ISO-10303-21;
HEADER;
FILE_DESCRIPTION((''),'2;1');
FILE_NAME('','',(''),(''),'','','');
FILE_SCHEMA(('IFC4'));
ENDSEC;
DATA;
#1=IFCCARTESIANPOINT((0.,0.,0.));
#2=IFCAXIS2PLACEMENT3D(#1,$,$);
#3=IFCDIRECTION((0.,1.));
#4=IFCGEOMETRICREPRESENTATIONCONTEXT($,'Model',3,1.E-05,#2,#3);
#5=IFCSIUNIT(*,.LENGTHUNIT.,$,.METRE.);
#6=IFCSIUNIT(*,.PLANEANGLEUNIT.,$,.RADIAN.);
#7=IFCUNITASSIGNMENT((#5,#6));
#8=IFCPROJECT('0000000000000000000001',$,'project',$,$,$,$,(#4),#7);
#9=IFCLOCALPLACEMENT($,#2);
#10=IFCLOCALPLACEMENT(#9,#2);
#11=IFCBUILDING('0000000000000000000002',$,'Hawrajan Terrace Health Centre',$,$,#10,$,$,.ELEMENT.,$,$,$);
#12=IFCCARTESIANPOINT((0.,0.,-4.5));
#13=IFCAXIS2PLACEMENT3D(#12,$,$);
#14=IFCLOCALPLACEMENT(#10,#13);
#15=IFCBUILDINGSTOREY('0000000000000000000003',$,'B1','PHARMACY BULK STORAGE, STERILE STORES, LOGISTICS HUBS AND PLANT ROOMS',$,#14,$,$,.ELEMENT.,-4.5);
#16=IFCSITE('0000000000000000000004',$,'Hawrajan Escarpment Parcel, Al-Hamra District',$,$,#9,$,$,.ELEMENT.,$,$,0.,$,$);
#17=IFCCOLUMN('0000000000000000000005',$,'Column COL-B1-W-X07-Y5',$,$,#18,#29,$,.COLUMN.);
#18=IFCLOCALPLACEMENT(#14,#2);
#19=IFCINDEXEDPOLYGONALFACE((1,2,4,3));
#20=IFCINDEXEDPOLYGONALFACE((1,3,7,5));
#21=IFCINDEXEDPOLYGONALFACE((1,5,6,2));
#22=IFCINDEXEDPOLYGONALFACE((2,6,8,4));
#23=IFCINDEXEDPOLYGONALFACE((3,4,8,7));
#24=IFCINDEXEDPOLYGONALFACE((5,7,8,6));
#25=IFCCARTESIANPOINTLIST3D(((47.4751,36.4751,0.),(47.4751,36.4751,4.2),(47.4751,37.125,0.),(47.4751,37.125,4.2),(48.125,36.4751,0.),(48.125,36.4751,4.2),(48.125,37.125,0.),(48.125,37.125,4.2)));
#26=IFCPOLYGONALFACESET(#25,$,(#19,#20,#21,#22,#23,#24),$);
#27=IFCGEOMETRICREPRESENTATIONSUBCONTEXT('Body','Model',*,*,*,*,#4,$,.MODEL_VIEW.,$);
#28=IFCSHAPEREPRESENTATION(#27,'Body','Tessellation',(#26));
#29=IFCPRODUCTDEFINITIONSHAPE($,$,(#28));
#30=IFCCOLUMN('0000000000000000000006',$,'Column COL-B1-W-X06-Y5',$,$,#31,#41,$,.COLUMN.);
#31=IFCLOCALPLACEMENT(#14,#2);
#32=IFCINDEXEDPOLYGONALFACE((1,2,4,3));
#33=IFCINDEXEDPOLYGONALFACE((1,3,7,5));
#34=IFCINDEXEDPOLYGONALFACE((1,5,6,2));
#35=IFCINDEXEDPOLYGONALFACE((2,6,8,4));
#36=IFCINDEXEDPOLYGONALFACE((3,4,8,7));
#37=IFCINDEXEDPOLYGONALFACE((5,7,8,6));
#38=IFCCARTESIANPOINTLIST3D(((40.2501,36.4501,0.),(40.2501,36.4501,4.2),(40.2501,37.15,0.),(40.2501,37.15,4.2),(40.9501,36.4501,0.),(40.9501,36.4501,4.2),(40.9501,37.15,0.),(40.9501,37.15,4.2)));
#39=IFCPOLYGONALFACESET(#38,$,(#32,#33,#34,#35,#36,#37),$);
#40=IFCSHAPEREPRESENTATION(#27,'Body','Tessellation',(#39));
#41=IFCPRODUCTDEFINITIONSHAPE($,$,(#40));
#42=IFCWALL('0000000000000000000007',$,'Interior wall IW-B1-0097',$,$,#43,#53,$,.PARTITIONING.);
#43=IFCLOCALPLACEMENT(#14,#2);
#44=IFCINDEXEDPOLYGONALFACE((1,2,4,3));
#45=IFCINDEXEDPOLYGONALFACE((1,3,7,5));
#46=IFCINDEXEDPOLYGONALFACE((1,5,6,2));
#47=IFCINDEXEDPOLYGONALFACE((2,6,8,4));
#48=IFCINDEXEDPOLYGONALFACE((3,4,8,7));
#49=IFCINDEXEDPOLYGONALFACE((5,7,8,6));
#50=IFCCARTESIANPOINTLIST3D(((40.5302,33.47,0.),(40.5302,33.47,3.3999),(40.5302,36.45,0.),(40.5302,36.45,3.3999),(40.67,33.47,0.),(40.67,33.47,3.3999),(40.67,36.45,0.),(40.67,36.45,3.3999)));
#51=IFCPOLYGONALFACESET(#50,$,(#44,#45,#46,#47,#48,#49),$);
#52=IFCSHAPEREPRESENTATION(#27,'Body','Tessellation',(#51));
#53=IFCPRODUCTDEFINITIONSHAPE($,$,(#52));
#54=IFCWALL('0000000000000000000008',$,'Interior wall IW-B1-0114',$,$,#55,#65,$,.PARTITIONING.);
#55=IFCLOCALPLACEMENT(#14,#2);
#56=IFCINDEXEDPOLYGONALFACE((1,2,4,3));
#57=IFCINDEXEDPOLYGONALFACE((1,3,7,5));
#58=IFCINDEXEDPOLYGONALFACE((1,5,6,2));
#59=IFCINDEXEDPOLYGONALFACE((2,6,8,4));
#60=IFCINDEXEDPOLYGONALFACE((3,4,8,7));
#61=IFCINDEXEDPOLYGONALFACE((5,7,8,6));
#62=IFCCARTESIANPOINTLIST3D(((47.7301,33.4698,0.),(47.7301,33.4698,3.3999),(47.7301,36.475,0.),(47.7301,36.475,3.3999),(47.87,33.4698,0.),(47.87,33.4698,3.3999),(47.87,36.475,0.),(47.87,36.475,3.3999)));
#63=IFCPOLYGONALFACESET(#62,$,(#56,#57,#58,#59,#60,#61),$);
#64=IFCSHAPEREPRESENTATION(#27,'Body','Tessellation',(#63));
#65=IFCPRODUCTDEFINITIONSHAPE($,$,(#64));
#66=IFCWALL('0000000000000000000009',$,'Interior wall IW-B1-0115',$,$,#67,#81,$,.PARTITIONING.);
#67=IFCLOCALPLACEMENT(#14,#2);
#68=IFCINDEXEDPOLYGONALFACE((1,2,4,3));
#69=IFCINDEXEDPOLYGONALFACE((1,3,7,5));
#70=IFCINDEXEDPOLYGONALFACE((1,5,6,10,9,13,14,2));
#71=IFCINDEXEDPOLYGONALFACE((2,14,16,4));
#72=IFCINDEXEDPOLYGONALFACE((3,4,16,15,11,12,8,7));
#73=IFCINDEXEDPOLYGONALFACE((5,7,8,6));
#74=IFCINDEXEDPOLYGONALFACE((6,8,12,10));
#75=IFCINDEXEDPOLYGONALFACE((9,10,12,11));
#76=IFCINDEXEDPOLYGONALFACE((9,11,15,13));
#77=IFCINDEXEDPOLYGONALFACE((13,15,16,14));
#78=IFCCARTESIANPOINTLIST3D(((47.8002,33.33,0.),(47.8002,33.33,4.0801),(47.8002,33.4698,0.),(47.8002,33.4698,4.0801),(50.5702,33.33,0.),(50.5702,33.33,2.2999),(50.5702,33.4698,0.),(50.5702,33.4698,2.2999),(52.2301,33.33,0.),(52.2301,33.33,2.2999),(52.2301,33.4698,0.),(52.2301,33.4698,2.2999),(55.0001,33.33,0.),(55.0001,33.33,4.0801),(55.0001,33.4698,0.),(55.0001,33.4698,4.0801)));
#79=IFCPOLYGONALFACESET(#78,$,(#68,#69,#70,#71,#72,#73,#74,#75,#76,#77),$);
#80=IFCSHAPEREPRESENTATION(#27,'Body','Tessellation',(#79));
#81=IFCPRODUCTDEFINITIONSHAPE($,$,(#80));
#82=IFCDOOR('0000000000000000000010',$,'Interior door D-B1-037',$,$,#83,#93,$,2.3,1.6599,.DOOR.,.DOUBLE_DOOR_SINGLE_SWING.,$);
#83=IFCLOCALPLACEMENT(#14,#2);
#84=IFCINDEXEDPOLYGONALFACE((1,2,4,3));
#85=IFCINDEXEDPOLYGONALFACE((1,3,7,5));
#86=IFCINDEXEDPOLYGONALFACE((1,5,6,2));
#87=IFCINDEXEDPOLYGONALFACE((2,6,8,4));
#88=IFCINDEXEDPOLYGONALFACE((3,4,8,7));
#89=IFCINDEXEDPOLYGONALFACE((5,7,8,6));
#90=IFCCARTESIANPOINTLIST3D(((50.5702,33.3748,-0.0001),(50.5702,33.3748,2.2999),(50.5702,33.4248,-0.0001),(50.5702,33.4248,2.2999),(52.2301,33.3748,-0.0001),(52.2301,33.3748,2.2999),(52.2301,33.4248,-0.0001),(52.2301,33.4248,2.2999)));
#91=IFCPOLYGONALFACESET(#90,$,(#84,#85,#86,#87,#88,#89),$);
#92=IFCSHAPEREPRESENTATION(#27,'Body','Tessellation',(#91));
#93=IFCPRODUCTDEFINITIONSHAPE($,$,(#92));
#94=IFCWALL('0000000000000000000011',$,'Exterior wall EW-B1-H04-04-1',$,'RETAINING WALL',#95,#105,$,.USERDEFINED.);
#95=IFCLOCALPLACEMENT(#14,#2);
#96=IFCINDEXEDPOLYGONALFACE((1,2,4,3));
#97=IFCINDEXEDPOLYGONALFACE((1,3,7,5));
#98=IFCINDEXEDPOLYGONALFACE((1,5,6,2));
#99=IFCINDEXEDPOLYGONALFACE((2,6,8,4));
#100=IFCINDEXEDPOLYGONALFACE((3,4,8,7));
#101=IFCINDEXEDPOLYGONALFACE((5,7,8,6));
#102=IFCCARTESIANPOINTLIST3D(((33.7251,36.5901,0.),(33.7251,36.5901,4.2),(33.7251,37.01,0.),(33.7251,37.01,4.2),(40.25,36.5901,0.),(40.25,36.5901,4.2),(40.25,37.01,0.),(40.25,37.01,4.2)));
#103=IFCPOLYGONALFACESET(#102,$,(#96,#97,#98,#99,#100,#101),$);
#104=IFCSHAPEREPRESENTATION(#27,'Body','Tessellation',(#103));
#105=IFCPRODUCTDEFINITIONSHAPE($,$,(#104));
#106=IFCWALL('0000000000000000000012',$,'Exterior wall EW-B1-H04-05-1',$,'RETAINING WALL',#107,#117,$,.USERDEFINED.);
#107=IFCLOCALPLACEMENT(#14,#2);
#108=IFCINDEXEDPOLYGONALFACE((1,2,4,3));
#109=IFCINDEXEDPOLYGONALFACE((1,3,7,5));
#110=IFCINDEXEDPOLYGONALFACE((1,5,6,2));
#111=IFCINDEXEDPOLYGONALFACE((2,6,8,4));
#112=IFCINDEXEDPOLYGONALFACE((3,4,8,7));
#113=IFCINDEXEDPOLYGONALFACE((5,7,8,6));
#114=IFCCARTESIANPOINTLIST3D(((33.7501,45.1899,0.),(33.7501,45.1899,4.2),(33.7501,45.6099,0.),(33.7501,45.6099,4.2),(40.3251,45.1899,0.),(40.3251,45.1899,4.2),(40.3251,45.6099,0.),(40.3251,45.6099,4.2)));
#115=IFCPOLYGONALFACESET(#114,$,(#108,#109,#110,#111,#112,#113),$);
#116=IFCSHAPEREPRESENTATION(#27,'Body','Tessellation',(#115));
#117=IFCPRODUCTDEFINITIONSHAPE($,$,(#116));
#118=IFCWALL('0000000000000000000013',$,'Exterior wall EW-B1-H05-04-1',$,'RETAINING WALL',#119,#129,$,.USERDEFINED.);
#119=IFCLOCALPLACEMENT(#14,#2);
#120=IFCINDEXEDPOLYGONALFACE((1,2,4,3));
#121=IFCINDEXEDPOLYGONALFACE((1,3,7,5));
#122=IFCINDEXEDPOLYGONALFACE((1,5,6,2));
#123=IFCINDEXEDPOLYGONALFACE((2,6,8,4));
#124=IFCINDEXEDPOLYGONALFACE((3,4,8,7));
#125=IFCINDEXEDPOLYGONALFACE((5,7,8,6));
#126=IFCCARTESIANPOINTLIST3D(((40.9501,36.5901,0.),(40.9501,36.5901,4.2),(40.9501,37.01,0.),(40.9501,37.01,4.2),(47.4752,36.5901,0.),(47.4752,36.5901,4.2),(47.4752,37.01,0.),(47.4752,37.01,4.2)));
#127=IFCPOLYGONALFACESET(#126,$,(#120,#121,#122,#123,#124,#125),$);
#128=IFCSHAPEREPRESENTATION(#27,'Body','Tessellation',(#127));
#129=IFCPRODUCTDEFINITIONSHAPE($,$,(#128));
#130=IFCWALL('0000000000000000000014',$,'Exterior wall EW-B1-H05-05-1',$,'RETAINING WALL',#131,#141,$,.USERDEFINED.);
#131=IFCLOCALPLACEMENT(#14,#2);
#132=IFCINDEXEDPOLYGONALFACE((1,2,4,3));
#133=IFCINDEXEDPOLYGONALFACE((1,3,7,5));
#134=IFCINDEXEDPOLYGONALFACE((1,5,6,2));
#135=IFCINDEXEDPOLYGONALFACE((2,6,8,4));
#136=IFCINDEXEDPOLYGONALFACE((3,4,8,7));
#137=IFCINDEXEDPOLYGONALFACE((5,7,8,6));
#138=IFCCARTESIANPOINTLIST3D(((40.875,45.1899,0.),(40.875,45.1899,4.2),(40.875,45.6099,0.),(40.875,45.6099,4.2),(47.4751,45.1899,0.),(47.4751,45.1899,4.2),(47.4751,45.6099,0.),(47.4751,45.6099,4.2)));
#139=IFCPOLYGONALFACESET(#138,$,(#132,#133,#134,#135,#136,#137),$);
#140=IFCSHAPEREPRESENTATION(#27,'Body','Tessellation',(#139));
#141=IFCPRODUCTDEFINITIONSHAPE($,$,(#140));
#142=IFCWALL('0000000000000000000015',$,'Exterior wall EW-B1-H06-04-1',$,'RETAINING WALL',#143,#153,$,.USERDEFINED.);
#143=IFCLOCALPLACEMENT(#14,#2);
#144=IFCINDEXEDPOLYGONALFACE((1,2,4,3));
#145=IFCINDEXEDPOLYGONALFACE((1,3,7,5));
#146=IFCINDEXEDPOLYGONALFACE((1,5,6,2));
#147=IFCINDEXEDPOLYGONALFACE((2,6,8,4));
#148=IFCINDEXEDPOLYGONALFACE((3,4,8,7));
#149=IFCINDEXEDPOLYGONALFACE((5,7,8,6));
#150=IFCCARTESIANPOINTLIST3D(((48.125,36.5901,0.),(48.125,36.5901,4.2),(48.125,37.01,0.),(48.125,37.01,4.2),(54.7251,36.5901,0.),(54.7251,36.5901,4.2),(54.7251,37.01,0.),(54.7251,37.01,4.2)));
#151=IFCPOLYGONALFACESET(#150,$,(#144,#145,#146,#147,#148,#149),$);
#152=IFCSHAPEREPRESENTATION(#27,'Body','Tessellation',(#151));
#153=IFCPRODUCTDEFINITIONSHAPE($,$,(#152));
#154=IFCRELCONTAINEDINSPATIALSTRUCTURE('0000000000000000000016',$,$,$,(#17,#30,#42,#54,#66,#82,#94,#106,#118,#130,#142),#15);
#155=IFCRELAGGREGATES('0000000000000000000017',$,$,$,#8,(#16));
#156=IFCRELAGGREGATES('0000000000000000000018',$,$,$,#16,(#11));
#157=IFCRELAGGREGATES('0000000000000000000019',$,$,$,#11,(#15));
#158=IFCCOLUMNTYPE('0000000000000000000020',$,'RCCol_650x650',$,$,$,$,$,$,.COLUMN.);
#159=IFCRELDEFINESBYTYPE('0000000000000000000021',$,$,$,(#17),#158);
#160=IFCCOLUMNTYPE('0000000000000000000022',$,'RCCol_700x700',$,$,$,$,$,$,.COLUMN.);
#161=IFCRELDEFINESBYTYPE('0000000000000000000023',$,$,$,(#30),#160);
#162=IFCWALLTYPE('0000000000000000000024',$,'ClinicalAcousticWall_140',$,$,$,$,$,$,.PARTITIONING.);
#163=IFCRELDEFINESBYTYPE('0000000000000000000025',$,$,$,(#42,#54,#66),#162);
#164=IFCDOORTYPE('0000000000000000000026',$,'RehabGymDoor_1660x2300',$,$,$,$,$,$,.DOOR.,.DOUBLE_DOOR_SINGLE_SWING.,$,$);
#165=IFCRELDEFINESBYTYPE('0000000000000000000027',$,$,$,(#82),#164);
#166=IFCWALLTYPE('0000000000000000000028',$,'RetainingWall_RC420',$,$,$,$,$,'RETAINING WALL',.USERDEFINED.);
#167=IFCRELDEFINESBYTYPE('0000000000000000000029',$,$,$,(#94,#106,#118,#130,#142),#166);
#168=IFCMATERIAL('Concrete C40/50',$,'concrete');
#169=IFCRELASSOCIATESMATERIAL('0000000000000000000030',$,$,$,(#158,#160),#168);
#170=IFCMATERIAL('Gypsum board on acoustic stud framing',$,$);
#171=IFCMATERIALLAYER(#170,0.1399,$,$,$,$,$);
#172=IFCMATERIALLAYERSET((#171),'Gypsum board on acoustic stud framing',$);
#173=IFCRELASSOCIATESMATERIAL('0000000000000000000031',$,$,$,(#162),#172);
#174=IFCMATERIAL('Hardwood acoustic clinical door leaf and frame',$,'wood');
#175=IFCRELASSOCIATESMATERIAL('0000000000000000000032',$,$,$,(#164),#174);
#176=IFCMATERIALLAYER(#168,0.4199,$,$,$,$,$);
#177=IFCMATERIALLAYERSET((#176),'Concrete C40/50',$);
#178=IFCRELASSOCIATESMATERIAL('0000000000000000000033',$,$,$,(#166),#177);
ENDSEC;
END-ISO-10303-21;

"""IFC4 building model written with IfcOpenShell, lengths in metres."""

from ifc_helpers import new_model, si_unit, direction, frame, frame_2d, origin, origin_2d, place, context, subcontext, project, spatial, rectangle, extrude, material, layer, layer_set, material_profile, profile_set, type_object, element, fill, save


model = new_model("IFC4")

# Units and contexts
model_context = context("Model", 3, precision=1e-05, world=origin(), true_north=direction((0.0, 1.0)))
body_context = subcontext(model_context, "Body", "Model", "MODEL_VIEW")
ifc_project = project(units=[si_unit("LENGTHUNIT", "METRE"), si_unit("PLANEANGLEUNIT", "RADIAN")], contexts=[model_context])

# Site, building, storey
site_placement = place(None, origin())
site = spatial("IfcSite", under=ifc_project, at=site_placement, Name="Hawrajan Escarpment Parcel, Al-Hamra District", CompositionType="ELEMENT", RefElevation=0.0)
building_placement = place(site_placement, origin())
building = spatial("IfcBuilding", under=site, at=building_placement, Name="Hawrajan Terrace Health Centre", CompositionType="ELEMENT")
storey_placement = place(building_placement, frame((0.0, 0.0, -4.5)))
storey = spatial("IfcBuildingStorey", under=building, at=storey_placement, Name="B1", Description="PHARMACY BULK STORAGE, STERILE STORES, LOGISTICS HUBS AND PLANT ROOMS", CompositionType="ELEMENT", Elevation=-4.5)

# Shared definitions
ifc_material_1 = material(Name="Concrete C40/50", Category="concrete")

# Columns
ifc_material_profile_1 = material_profile(ifc_material_1, rectangle(XDim=0.6499, YDim=0.6499, at=origin_2d()), Name="RC 650x650")
ifc_profile_set_1 = profile_set([ifc_material_profile_1], Name="Concrete C40/50")
column_type_1 = type_object("IfcColumnType", Name="RCCol_650x650", PredefinedType="COLUMN", material=ifc_profile_set_1)
column_1_placement = place(storey_placement, frame((47.8, 36.8, 0.0), z_axis=(0.0, 0.0, 1.0), x_axis=(1.0, 0.0, 0.0)))
element("IfcColumn", 1, at=column_1_placement, inside=storey, type_object=column_type_1, Name="Column COL-B1-W-X07-Y5", PredefinedType="COLUMN", context=body_context, shape_type="SweptSolid", body=[
    extrude(rectangle(XDim=0.6499, YDim=0.6499, at=origin_2d()), origin(), (0.0, 0.0, 1.0), 4.2),
])
ifc_material_profile_2 = material_profile(ifc_material_1, rectangle(XDim=0.7, YDim=0.7, at=origin_2d()), Name="RC 700x700")
ifc_profile_set_2 = profile_set([ifc_material_profile_2], Name="Concrete C40/50")
column_type_2 = type_object("IfcColumnType", Name="RCCol_700x700", PredefinedType="COLUMN", material=ifc_profile_set_2)
column_2_placement = place(storey_placement, frame((40.6001, 36.8, 0.0), z_axis=(0.0, 0.0, 1.0), x_axis=(1.0, 0.0, 0.0)))
element("IfcColumn", 2, at=column_2_placement, inside=storey, type_object=column_type_2, Name="Column COL-B1-W-X06-Y5", PredefinedType="COLUMN", context=body_context, shape_type="SweptSolid", body=[
    extrude(rectangle(XDim=0.7, YDim=0.7, at=origin_2d()), origin(), (0.0, 0.0, 1.0), 4.2),
])

# Walls
ifc_material_2 = material(Name="Gypsum board on acoustic stud framing")
ifc_layer_1 = layer(ifc_material_2, 0.1399)
ifc_layer_set_1 = layer_set([ifc_layer_1], Name="Gypsum board on acoustic stud framing")
wall_type_1 = type_object("IfcWallType", Name="ClinicalAcousticWall_140", PredefinedType="PARTITIONING", material=ifc_layer_set_1)
wall_1_placement = place(storey_placement, frame((40.6001, 33.47, 0.0), z_axis=(0.0, 0.0, 1.0), x_axis=(0.0, 1.0, 0.0)))
element("IfcWall", 3, at=wall_1_placement, inside=storey, type_object=wall_type_1, Name="Interior wall IW-B1-0097", PredefinedType="PARTITIONING", context=body_context, shape_type="SweptSolid", body=[
    extrude(rectangle(XDim=2.98, YDim=0.1399, at=frame_2d((1.49, 0.0))), origin(), (0.0, 0.0, 1.0), 3.3999),
])
wall_2_placement = place(storey_placement, frame((47.8, 33.47, 0.0), z_axis=(0.0, 0.0, 1.0), x_axis=(0.0, 1.0, 0.0)))
element("IfcWall", 4, at=wall_2_placement, inside=storey, type_object=wall_type_1, Name="Interior wall IW-B1-0114", PredefinedType="PARTITIONING", context=body_context, shape_type="SweptSolid", body=[
    extrude(rectangle(XDim=3.0051, YDim=0.1399, at=frame_2d((1.5024, 0.0))), origin(), (0.0, 0.0, 1.0), 3.3999),
])

# Wall, opening, door
wall_3_placement = place(storey_placement, frame((47.8, 33.3999, 0.0), z_axis=(0.0, 0.0, 1.0), x_axis=(1.0, 0.0, 0.0)))
wall_3 = element("IfcWall", 5, at=wall_3_placement, inside=storey, type_object=wall_type_1, Name="Interior wall IW-B1-0115", PredefinedType="PARTITIONING", context=body_context, shape_type="SweptSolid", body=[
    extrude(rectangle(XDim=7.2, YDim=0.1399, at=frame_2d((3.6001, 0.0))), origin(), (0.0, 0.0, 1.0), 4.0801),
])
opening_placement = place(wall_3_placement, frame((2.77, 0.0, 0.0)))
opening = element("IfcOpeningElement", 6, at=opening_placement, cuts=wall_3, PredefinedType="OPENING", context=body_context, shape_type="SweptSolid", body=[
    extrude(rectangle(XDim=1.6599, YDim=2.3, at=frame_2d((0.8301, 1.1499))), frame((0.0, 0.0798, 0.0), z_axis=(0.0, -1.0, 0.0), x_axis=(1.0, 0.0, 0.0)), (0.0, 0.0, 1.0), 0.1599),
])
ifc_material_3 = material(Name="Hardwood acoustic clinical door leaf and frame", Category="wood")
door_type = type_object("IfcDoorType", Name="RehabGymDoor_1660x2300", OperationType="DOUBLE_DOOR_SINGLE_SWING", PredefinedType="DOOR", material=ifc_material_3)
door_placement = place(opening_placement, origin())
door = element("IfcDoor", 7, at=door_placement, inside=storey, type_object=door_type, Name="Interior door D-B1-037", OperationType="DOUBLE_DOOR_SINGLE_SWING", OverallHeight=2.3, OverallWidth=1.6599, PredefinedType="DOOR", context=body_context, shape_type="SweptSolid", body=[
    extrude(rectangle(XDim=1.6599, YDim=2.3, at=frame_2d((0.8301, 1.1499))), frame((0.0, 0.0249, 0.0), z_axis=(0.0, -1.0, 0.0), x_axis=(1.0, 0.0, 0.0)), (0.0, 0.0, 1.0), 0.05),
])
fill(opening, door)

# Walls
ifc_layer_2 = layer(ifc_material_1, 0.4199)
ifc_layer_set_2 = layer_set([ifc_layer_2], Name="Concrete C40/50")
wall_type_2 = type_object("IfcWallType", Name="RetainingWall_RC420", ElementType="RETAINING WALL", PredefinedType="USERDEFINED", material=ifc_layer_set_2)
wall_4_placement = place(storey_placement, frame((33.7251, 36.8, 0.0), z_axis=(0.0, 0.0, 1.0), x_axis=(1.0, 0.0, 0.0)))
element("IfcWall", 8, at=wall_4_placement, inside=storey, type_object=wall_type_2, Name="Exterior wall EW-B1-H04-04-1", ObjectType="RETAINING WALL", PredefinedType="USERDEFINED", context=body_context, shape_type="SweptSolid", body=[
    extrude(rectangle(XDim=6.5249, YDim=0.4199, at=frame_2d((3.2625, 0.0))), origin(), (0.0, 0.0, 1.0), 4.2),
])
wall_5_placement = place(storey_placement, frame((33.75, 45.3999, 0.0), z_axis=(0.0, 0.0, 1.0), x_axis=(1.0, 0.0, 0.0)))
element("IfcWall", 9, at=wall_5_placement, inside=storey, type_object=wall_type_2, Name="Exterior wall EW-B1-H04-05-1", ObjectType="RETAINING WALL", PredefinedType="USERDEFINED", context=body_context, shape_type="SweptSolid", body=[
    extrude(rectangle(XDim=6.575, YDim=0.4199, at=frame_2d((3.2876, 0.0))), origin(), (0.0, 0.0, 1.0), 4.2),
])
wall_6_placement = place(storey_placement, frame((40.95, 36.8, 0.0), z_axis=(0.0, 0.0, 1.0), x_axis=(1.0, 0.0, 0.0)))
element("IfcWall", 10, at=wall_6_placement, inside=storey, type_object=wall_type_2, Name="Exterior wall EW-B1-H05-04-1", ObjectType="RETAINING WALL", PredefinedType="USERDEFINED", context=body_context, shape_type="SweptSolid", body=[
    extrude(rectangle(XDim=6.5251, YDim=0.4199, at=frame_2d((3.2627, 0.0))), origin(), (0.0, 0.0, 1.0), 4.2),
])
for number, where, z_axis, x_axis, name in (
    (11, (40.875, 45.3999, 0.0), (0.0, 0.0, 1.0), (1.0, 0.0, 0.0), "Exterior wall EW-B1-H05-05-1"),
    (12, (48.125, 36.8, 0.0), (0.0, 0.0, 1.0), (1.0, 0.0, 0.0), "Exterior wall EW-B1-H06-04-1"),
):
    element("IfcWall", number, at=place(storey_placement, frame(where, z_axis=z_axis, x_axis=x_axis)), inside=storey, type_object=wall_type_2, Name=name, ObjectType="RETAINING WALL", PredefinedType="USERDEFINED", context=body_context, shape_type="SweptSolid", body=[
        extrude(rectangle(XDim=6.6001, YDim=0.4199, at=frame_2d((3.3, 0.0))), origin(), (0.0, 0.0, 1.0), 4.2),
    ])

save(model, "model.ifc")
